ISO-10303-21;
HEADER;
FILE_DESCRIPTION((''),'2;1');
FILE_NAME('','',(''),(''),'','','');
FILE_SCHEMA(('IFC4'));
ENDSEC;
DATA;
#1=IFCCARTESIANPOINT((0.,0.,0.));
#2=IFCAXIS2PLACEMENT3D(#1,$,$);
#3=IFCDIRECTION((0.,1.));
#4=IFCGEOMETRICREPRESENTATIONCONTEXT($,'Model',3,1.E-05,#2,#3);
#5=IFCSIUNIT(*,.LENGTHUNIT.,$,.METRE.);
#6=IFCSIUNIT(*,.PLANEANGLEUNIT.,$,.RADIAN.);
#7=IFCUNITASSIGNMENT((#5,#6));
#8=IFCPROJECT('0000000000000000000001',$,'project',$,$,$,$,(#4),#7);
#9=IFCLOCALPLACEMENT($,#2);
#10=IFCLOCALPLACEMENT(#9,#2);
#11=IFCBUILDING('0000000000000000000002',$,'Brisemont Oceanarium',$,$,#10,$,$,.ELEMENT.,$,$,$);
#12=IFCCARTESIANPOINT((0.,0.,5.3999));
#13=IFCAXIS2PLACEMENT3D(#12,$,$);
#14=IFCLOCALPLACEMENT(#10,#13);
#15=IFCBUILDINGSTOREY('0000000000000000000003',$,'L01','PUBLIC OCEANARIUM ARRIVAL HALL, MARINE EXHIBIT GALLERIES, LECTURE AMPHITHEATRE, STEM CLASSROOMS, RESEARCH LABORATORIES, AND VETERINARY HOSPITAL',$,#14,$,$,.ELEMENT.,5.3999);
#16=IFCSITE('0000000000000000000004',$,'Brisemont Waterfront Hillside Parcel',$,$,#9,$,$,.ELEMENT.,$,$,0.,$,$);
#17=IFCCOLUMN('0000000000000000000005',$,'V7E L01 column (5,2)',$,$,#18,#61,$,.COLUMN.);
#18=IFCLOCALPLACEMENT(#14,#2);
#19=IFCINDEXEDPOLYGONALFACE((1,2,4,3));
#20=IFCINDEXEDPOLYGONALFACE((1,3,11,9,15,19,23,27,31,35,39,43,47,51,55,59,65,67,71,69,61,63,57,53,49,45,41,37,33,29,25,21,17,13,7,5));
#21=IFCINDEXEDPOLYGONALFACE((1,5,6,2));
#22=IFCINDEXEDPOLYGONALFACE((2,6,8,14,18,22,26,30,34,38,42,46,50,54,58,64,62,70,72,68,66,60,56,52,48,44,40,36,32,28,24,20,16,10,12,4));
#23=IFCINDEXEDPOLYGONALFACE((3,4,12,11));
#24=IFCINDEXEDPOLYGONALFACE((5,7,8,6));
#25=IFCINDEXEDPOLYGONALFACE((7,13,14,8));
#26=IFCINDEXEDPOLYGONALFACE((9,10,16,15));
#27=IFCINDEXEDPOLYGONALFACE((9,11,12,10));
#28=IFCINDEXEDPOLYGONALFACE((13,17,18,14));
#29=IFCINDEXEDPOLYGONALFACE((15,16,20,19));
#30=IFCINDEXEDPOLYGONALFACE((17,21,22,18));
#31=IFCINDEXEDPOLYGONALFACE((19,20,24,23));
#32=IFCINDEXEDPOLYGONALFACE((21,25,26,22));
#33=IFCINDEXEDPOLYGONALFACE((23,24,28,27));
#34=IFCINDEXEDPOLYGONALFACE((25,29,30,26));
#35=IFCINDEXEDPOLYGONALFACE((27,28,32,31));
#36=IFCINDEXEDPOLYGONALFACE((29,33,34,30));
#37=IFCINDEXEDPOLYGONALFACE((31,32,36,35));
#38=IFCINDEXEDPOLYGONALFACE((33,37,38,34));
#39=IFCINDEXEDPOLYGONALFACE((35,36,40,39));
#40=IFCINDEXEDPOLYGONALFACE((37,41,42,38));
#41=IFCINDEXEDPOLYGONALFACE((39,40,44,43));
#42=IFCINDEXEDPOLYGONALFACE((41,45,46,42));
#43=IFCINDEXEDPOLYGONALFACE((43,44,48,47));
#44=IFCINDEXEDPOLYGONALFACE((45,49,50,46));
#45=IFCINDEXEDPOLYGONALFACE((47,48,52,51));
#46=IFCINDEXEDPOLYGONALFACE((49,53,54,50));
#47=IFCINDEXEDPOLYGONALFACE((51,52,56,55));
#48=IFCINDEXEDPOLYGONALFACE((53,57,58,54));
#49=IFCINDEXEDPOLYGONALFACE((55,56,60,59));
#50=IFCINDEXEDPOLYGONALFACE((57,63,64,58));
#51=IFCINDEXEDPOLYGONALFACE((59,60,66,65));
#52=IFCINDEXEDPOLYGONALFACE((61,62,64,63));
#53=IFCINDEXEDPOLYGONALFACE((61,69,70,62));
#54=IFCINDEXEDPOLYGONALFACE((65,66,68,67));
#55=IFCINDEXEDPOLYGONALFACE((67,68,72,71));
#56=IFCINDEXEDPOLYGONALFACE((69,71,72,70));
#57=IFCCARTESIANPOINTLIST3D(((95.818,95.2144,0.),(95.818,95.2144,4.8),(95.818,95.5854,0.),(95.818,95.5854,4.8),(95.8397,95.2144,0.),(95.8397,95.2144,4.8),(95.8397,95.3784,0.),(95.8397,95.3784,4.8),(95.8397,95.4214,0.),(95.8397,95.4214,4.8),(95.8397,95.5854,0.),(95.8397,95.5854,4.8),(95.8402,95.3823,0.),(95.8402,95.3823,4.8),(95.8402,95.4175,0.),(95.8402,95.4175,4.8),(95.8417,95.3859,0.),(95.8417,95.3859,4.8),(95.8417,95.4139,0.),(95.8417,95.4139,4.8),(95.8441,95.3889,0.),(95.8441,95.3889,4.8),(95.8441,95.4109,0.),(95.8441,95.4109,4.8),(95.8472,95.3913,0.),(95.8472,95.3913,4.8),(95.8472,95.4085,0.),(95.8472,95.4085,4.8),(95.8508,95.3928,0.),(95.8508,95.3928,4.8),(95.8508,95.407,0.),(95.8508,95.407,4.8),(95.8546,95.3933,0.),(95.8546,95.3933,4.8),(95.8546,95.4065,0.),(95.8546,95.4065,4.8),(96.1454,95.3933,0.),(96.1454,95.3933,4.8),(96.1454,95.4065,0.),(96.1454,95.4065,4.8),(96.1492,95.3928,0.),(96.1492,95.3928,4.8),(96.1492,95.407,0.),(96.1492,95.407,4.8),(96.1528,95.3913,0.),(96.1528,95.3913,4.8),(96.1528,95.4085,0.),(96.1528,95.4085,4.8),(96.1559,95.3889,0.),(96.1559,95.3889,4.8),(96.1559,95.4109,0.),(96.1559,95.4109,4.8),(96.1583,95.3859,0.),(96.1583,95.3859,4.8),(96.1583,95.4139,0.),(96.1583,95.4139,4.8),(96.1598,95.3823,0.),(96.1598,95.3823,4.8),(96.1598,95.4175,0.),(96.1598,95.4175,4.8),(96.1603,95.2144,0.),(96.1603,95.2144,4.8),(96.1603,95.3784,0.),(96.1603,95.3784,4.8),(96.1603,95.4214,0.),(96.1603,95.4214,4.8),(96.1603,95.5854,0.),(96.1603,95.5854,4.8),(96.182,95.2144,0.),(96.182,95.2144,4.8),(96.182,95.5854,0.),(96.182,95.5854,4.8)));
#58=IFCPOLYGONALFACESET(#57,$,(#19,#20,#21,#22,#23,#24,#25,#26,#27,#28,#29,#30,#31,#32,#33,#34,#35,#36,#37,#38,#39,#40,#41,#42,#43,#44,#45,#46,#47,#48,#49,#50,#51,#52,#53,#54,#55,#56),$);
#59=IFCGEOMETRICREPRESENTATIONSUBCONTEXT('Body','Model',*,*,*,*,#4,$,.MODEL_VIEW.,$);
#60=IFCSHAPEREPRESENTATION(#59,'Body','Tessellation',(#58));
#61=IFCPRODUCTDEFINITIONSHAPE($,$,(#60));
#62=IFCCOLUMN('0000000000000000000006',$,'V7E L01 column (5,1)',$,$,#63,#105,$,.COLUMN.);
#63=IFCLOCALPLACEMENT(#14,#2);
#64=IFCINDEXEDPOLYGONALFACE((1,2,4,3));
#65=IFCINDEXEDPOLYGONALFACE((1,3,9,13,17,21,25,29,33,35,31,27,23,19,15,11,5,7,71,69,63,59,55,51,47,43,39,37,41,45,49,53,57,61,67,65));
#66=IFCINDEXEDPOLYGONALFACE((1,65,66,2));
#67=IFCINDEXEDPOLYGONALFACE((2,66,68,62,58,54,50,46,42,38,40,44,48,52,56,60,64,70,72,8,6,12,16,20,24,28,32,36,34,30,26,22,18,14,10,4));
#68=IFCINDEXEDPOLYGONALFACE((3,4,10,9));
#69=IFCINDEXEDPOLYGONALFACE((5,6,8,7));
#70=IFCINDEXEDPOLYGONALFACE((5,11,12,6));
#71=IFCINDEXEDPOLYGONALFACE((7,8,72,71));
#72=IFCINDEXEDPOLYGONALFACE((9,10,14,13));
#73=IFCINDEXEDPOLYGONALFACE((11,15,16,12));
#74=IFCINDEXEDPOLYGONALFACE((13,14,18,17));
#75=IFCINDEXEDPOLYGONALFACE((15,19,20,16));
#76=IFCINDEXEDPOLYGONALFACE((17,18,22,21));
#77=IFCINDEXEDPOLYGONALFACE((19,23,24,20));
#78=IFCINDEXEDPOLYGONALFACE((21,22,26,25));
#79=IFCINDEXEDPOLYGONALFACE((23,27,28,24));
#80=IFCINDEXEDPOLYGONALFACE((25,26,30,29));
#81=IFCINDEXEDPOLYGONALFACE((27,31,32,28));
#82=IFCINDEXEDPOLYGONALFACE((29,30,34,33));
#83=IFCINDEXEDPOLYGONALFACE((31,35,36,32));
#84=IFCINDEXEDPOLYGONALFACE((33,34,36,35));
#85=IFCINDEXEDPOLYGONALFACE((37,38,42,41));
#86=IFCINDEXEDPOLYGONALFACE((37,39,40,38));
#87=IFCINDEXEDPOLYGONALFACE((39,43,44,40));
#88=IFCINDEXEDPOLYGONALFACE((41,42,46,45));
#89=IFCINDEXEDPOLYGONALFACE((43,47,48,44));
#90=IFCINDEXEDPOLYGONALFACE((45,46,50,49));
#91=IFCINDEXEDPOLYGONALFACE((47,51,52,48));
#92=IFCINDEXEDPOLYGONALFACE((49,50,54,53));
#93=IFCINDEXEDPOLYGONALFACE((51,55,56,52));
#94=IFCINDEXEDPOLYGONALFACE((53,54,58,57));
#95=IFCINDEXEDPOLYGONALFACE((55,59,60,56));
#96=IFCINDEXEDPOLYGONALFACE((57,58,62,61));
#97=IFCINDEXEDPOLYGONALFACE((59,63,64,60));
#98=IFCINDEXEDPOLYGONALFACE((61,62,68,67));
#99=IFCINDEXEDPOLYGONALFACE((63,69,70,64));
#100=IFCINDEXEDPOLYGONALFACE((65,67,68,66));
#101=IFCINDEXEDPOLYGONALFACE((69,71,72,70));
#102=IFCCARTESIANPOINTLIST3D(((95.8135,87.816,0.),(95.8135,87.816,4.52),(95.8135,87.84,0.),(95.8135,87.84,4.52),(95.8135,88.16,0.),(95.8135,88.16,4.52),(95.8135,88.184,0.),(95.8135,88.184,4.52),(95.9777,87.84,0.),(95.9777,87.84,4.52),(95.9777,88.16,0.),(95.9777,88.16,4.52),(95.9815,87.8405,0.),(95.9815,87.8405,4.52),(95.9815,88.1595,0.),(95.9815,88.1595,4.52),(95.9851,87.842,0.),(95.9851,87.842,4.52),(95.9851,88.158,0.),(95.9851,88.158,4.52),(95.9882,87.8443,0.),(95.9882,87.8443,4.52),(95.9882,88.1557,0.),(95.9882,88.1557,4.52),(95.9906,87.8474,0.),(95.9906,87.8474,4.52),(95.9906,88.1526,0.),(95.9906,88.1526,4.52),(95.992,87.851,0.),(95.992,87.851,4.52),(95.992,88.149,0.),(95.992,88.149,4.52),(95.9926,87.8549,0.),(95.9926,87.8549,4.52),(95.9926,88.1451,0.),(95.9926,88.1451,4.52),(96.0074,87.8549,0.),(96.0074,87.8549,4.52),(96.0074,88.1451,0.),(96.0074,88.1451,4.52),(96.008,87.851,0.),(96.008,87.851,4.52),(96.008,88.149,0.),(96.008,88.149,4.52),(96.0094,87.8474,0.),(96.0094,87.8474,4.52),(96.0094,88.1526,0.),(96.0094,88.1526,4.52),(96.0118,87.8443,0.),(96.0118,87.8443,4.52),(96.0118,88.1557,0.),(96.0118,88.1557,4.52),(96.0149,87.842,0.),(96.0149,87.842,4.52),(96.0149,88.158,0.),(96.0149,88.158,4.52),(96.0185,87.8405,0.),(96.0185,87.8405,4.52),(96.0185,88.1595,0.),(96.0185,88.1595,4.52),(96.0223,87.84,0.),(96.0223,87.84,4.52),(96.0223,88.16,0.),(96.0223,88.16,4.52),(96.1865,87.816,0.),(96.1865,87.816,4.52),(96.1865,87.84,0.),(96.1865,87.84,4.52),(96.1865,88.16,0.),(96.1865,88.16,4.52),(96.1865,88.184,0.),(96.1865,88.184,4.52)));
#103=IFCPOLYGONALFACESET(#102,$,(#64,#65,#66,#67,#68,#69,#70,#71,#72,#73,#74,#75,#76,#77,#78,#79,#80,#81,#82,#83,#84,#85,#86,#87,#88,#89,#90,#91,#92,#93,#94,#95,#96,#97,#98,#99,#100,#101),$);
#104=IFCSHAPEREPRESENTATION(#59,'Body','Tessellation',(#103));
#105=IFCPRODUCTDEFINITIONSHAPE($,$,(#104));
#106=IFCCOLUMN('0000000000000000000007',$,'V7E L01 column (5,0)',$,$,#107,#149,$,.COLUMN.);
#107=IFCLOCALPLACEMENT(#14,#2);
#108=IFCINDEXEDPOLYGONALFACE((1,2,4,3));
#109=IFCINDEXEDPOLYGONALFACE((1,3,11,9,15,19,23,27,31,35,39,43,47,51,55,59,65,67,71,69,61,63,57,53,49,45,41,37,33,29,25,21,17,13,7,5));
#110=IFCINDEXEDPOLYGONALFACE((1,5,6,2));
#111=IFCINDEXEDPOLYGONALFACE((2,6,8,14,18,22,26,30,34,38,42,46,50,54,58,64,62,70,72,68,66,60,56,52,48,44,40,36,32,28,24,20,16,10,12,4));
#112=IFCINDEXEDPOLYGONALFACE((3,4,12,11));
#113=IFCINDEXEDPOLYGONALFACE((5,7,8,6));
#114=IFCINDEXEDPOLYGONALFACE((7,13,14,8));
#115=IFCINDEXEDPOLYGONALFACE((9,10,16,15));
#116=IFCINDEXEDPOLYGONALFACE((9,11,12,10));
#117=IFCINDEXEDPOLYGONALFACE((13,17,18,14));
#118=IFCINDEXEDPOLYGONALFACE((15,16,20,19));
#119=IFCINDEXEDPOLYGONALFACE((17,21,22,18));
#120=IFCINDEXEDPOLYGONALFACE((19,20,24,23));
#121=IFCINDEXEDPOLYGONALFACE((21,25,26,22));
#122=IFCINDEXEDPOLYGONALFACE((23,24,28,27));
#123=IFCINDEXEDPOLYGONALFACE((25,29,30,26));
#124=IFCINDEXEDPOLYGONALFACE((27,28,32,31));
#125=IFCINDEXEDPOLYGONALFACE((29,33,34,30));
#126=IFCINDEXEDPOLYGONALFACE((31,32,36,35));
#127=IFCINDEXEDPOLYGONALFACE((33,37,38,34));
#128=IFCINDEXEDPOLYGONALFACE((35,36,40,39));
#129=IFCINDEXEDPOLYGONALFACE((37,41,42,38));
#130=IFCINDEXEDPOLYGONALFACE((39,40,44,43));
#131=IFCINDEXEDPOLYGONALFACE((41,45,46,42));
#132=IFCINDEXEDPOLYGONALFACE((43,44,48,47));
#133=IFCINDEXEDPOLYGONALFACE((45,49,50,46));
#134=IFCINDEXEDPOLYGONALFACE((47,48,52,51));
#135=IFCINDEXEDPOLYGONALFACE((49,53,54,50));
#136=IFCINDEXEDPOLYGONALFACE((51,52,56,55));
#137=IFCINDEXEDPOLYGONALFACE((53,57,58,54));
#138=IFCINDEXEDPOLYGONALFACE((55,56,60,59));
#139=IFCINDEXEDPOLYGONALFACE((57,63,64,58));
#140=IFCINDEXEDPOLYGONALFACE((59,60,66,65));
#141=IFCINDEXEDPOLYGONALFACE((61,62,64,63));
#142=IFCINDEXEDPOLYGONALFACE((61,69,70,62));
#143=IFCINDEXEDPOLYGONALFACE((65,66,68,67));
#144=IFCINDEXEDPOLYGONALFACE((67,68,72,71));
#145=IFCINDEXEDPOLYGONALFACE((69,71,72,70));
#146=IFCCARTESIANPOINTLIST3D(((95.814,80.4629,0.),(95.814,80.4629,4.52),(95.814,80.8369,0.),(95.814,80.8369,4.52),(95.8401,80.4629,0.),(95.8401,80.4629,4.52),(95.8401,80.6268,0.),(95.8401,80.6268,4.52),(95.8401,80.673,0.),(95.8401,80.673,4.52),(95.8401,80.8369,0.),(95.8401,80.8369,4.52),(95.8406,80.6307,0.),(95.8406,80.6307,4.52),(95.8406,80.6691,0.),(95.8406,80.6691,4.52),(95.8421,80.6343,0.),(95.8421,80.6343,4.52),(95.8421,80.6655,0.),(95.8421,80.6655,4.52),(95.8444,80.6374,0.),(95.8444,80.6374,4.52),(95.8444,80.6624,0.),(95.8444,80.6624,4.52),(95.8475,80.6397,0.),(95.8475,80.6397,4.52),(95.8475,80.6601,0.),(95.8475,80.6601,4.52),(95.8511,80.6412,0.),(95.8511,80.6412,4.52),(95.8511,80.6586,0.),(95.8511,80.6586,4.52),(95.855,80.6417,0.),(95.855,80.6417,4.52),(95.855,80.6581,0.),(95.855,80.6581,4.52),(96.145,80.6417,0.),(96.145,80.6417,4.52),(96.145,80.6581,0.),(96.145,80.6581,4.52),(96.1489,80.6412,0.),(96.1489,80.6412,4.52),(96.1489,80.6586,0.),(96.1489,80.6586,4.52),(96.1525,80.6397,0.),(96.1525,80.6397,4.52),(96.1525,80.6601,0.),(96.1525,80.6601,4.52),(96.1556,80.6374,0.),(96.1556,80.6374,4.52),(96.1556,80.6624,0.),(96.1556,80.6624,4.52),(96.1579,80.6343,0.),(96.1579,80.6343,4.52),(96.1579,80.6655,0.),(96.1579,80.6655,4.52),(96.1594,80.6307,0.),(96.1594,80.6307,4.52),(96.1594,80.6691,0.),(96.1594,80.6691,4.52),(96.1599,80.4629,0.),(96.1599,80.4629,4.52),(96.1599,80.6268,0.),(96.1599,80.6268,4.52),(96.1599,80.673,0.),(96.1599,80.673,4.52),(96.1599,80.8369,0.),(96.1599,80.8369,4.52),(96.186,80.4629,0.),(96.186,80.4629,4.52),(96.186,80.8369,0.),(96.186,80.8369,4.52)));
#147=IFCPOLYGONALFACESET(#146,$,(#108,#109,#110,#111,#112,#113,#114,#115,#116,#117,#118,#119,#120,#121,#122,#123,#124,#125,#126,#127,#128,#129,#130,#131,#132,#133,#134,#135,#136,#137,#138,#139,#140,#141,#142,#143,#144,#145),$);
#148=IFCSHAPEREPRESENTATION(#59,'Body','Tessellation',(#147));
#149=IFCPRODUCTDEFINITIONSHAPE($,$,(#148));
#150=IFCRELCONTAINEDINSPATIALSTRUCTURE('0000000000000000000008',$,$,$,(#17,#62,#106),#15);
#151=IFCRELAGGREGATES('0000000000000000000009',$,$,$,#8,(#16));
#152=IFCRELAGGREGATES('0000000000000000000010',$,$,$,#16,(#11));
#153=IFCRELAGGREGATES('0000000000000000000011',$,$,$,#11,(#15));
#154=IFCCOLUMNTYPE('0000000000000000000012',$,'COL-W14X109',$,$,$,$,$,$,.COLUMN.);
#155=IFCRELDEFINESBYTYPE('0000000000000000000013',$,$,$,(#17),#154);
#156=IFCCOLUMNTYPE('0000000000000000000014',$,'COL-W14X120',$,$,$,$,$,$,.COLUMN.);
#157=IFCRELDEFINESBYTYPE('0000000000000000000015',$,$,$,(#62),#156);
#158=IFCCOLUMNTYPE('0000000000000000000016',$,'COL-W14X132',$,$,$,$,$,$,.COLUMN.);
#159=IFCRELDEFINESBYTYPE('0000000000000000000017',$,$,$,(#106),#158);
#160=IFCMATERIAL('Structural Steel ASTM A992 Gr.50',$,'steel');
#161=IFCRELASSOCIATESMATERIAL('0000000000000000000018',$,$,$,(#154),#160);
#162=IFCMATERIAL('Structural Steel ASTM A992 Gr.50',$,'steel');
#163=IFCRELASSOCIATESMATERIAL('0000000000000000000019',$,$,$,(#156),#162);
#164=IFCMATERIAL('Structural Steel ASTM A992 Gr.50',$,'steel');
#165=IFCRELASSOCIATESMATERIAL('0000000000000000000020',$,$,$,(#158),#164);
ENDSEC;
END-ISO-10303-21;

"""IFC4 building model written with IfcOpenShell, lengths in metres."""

from ifc_helpers import new_model, si_unit, direction, frame, origin, origin_2d, place, context, subcontext, project, spatial, i_section, extrude, material, material_profile, profile_set, type_object, element, save


model = new_model("IFC4")

# Units and contexts
model_context = context("Model", 3, precision=1e-05, world=origin(), true_north=direction((0.0, 1.0)))
body_context = subcontext(model_context, "Body", "Model", "MODEL_VIEW")
ifc_project = project(units=[si_unit("LENGTHUNIT", "METRE"), si_unit("PLANEANGLEUNIT", "RADIAN")], contexts=[model_context])

# Site, building, storey
site_placement = place(None, origin())
site = spatial("IfcSite", under=ifc_project, at=site_placement, Name="Brisemont Waterfront Hillside Parcel", CompositionType="ELEMENT", RefElevation=0.0)
building_placement = place(site_placement, origin())
building = spatial("IfcBuilding", under=site, at=building_placement, Name="Brisemont Oceanarium", CompositionType="ELEMENT")
storey_placement = place(building_placement, frame((0.0, 0.0, 5.3999)))
storey = spatial("IfcBuildingStorey", under=building, at=storey_placement, Name="L01", Description="PUBLIC OCEANARIUM ARRIVAL HALL, MARINE EXHIBIT GALLERIES, LECTURE AMPHITHEATRE, STEM CLASSROOMS, RESEARCH LABORATORIES, AND VETERINARY HOSPITAL", CompositionType="ELEMENT", Elevation=5.3999)

# Columns
ifc_material_1 = material(Name="Structural Steel ASTM A992 Gr.50", Category="steel")
ifc_material_profile_1 = material_profile(ifc_material_1, i_section(OverallWidth=0.3711, OverallDepth=0.364, WebThickness=0.0132, FlangeThickness=0.0217, FilletRadius=0.0149, at=origin_2d()), Name="W14X109")
ifc_profile_set_1 = profile_set([ifc_material_profile_1], Name="Structural Steel ASTM A992 Gr.50")
column_type_1 = type_object("IfcColumnType", Name="COL-W14X109", PredefinedType="COLUMN", material=ifc_profile_set_1)
column_1_placement = place(storey_placement, frame((96.0, 95.3999, 0.0), z_axis=(0.0, 0.0, 1.0), x_axis=(0.0, 1.0, 0.0)))
element("IfcColumn", 1, at=column_1_placement, inside=storey, type_object=column_type_1, Name="V7E L01 column (5,2)", PredefinedType="COLUMN", context=body_context, shape_type="SweptSolid", body=[
    extrude(i_section(OverallWidth=0.3711, OverallDepth=0.364, WebThickness=0.0132, FlangeThickness=0.0217, FilletRadius=0.0149, at=origin_2d()), origin(), (0.0, 0.0, 1.0), 4.8),
])
ifc_material_2 = material(Name="Structural Steel ASTM A992 Gr.50", Category="steel")
ifc_material_profile_2 = material_profile(ifc_material_2, i_section(OverallWidth=0.373, OverallDepth=0.3679, WebThickness=0.0149, FlangeThickness=0.0239, FilletRadius=0.0149, at=origin_2d()), Name="W14X120")
ifc_profile_set_2 = profile_set([ifc_material_profile_2], Name="Structural Steel ASTM A992 Gr.50")
column_type_2 = type_object("IfcColumnType", Name="COL-W14X120", PredefinedType="COLUMN", material=ifc_profile_set_2)
column_2_placement = place(storey_placement, frame((96.0, 88.0, 0.0), z_axis=(0.0, 0.0, 1.0), x_axis=(1.0, 0.0, 0.0)))
element("IfcColumn", 2, at=column_2_placement, inside=storey, type_object=column_type_2, Name="V7E L01 column (5,1)", PredefinedType="COLUMN", context=body_context, shape_type="SweptSolid", body=[
    extrude(i_section(OverallWidth=0.373, OverallDepth=0.3679, WebThickness=0.0149, FlangeThickness=0.0239, FilletRadius=0.0149, at=origin_2d()), origin(), (0.0, 0.0, 1.0), 4.52),
])
ifc_material_3 = material(Name="Structural Steel ASTM A992 Gr.50", Category="steel")
ifc_material_profile_3 = material_profile(ifc_material_3, i_section(OverallWidth=0.374, OverallDepth=0.3721, WebThickness=0.0164, FlangeThickness=0.0261, FilletRadius=0.0149, at=origin_2d()), Name="W14X132")
ifc_profile_set_3 = profile_set([ifc_material_profile_3], Name="Structural Steel ASTM A992 Gr.50")
column_type_3 = type_object("IfcColumnType", Name="COL-W14X132", PredefinedType="COLUMN", material=ifc_profile_set_3)
column_3_placement = place(storey_placement, frame((96.0, 80.6499, 0.0), z_axis=(0.0, 0.0, 1.0), x_axis=(0.0, 1.0, 0.0)))
element("IfcColumn", 3, at=column_3_placement, inside=storey, type_object=column_type_3, Name="V7E L01 column (5,0)", PredefinedType="COLUMN", context=body_context, shape_type="SweptSolid", body=[
    extrude(i_section(OverallWidth=0.374, OverallDepth=0.3721, WebThickness=0.0164, FlangeThickness=0.0261, FilletRadius=0.0149, at=origin_2d()), origin(), (0.0, 0.0, 1.0), 4.52),
])

save(model, "model.ifc")
